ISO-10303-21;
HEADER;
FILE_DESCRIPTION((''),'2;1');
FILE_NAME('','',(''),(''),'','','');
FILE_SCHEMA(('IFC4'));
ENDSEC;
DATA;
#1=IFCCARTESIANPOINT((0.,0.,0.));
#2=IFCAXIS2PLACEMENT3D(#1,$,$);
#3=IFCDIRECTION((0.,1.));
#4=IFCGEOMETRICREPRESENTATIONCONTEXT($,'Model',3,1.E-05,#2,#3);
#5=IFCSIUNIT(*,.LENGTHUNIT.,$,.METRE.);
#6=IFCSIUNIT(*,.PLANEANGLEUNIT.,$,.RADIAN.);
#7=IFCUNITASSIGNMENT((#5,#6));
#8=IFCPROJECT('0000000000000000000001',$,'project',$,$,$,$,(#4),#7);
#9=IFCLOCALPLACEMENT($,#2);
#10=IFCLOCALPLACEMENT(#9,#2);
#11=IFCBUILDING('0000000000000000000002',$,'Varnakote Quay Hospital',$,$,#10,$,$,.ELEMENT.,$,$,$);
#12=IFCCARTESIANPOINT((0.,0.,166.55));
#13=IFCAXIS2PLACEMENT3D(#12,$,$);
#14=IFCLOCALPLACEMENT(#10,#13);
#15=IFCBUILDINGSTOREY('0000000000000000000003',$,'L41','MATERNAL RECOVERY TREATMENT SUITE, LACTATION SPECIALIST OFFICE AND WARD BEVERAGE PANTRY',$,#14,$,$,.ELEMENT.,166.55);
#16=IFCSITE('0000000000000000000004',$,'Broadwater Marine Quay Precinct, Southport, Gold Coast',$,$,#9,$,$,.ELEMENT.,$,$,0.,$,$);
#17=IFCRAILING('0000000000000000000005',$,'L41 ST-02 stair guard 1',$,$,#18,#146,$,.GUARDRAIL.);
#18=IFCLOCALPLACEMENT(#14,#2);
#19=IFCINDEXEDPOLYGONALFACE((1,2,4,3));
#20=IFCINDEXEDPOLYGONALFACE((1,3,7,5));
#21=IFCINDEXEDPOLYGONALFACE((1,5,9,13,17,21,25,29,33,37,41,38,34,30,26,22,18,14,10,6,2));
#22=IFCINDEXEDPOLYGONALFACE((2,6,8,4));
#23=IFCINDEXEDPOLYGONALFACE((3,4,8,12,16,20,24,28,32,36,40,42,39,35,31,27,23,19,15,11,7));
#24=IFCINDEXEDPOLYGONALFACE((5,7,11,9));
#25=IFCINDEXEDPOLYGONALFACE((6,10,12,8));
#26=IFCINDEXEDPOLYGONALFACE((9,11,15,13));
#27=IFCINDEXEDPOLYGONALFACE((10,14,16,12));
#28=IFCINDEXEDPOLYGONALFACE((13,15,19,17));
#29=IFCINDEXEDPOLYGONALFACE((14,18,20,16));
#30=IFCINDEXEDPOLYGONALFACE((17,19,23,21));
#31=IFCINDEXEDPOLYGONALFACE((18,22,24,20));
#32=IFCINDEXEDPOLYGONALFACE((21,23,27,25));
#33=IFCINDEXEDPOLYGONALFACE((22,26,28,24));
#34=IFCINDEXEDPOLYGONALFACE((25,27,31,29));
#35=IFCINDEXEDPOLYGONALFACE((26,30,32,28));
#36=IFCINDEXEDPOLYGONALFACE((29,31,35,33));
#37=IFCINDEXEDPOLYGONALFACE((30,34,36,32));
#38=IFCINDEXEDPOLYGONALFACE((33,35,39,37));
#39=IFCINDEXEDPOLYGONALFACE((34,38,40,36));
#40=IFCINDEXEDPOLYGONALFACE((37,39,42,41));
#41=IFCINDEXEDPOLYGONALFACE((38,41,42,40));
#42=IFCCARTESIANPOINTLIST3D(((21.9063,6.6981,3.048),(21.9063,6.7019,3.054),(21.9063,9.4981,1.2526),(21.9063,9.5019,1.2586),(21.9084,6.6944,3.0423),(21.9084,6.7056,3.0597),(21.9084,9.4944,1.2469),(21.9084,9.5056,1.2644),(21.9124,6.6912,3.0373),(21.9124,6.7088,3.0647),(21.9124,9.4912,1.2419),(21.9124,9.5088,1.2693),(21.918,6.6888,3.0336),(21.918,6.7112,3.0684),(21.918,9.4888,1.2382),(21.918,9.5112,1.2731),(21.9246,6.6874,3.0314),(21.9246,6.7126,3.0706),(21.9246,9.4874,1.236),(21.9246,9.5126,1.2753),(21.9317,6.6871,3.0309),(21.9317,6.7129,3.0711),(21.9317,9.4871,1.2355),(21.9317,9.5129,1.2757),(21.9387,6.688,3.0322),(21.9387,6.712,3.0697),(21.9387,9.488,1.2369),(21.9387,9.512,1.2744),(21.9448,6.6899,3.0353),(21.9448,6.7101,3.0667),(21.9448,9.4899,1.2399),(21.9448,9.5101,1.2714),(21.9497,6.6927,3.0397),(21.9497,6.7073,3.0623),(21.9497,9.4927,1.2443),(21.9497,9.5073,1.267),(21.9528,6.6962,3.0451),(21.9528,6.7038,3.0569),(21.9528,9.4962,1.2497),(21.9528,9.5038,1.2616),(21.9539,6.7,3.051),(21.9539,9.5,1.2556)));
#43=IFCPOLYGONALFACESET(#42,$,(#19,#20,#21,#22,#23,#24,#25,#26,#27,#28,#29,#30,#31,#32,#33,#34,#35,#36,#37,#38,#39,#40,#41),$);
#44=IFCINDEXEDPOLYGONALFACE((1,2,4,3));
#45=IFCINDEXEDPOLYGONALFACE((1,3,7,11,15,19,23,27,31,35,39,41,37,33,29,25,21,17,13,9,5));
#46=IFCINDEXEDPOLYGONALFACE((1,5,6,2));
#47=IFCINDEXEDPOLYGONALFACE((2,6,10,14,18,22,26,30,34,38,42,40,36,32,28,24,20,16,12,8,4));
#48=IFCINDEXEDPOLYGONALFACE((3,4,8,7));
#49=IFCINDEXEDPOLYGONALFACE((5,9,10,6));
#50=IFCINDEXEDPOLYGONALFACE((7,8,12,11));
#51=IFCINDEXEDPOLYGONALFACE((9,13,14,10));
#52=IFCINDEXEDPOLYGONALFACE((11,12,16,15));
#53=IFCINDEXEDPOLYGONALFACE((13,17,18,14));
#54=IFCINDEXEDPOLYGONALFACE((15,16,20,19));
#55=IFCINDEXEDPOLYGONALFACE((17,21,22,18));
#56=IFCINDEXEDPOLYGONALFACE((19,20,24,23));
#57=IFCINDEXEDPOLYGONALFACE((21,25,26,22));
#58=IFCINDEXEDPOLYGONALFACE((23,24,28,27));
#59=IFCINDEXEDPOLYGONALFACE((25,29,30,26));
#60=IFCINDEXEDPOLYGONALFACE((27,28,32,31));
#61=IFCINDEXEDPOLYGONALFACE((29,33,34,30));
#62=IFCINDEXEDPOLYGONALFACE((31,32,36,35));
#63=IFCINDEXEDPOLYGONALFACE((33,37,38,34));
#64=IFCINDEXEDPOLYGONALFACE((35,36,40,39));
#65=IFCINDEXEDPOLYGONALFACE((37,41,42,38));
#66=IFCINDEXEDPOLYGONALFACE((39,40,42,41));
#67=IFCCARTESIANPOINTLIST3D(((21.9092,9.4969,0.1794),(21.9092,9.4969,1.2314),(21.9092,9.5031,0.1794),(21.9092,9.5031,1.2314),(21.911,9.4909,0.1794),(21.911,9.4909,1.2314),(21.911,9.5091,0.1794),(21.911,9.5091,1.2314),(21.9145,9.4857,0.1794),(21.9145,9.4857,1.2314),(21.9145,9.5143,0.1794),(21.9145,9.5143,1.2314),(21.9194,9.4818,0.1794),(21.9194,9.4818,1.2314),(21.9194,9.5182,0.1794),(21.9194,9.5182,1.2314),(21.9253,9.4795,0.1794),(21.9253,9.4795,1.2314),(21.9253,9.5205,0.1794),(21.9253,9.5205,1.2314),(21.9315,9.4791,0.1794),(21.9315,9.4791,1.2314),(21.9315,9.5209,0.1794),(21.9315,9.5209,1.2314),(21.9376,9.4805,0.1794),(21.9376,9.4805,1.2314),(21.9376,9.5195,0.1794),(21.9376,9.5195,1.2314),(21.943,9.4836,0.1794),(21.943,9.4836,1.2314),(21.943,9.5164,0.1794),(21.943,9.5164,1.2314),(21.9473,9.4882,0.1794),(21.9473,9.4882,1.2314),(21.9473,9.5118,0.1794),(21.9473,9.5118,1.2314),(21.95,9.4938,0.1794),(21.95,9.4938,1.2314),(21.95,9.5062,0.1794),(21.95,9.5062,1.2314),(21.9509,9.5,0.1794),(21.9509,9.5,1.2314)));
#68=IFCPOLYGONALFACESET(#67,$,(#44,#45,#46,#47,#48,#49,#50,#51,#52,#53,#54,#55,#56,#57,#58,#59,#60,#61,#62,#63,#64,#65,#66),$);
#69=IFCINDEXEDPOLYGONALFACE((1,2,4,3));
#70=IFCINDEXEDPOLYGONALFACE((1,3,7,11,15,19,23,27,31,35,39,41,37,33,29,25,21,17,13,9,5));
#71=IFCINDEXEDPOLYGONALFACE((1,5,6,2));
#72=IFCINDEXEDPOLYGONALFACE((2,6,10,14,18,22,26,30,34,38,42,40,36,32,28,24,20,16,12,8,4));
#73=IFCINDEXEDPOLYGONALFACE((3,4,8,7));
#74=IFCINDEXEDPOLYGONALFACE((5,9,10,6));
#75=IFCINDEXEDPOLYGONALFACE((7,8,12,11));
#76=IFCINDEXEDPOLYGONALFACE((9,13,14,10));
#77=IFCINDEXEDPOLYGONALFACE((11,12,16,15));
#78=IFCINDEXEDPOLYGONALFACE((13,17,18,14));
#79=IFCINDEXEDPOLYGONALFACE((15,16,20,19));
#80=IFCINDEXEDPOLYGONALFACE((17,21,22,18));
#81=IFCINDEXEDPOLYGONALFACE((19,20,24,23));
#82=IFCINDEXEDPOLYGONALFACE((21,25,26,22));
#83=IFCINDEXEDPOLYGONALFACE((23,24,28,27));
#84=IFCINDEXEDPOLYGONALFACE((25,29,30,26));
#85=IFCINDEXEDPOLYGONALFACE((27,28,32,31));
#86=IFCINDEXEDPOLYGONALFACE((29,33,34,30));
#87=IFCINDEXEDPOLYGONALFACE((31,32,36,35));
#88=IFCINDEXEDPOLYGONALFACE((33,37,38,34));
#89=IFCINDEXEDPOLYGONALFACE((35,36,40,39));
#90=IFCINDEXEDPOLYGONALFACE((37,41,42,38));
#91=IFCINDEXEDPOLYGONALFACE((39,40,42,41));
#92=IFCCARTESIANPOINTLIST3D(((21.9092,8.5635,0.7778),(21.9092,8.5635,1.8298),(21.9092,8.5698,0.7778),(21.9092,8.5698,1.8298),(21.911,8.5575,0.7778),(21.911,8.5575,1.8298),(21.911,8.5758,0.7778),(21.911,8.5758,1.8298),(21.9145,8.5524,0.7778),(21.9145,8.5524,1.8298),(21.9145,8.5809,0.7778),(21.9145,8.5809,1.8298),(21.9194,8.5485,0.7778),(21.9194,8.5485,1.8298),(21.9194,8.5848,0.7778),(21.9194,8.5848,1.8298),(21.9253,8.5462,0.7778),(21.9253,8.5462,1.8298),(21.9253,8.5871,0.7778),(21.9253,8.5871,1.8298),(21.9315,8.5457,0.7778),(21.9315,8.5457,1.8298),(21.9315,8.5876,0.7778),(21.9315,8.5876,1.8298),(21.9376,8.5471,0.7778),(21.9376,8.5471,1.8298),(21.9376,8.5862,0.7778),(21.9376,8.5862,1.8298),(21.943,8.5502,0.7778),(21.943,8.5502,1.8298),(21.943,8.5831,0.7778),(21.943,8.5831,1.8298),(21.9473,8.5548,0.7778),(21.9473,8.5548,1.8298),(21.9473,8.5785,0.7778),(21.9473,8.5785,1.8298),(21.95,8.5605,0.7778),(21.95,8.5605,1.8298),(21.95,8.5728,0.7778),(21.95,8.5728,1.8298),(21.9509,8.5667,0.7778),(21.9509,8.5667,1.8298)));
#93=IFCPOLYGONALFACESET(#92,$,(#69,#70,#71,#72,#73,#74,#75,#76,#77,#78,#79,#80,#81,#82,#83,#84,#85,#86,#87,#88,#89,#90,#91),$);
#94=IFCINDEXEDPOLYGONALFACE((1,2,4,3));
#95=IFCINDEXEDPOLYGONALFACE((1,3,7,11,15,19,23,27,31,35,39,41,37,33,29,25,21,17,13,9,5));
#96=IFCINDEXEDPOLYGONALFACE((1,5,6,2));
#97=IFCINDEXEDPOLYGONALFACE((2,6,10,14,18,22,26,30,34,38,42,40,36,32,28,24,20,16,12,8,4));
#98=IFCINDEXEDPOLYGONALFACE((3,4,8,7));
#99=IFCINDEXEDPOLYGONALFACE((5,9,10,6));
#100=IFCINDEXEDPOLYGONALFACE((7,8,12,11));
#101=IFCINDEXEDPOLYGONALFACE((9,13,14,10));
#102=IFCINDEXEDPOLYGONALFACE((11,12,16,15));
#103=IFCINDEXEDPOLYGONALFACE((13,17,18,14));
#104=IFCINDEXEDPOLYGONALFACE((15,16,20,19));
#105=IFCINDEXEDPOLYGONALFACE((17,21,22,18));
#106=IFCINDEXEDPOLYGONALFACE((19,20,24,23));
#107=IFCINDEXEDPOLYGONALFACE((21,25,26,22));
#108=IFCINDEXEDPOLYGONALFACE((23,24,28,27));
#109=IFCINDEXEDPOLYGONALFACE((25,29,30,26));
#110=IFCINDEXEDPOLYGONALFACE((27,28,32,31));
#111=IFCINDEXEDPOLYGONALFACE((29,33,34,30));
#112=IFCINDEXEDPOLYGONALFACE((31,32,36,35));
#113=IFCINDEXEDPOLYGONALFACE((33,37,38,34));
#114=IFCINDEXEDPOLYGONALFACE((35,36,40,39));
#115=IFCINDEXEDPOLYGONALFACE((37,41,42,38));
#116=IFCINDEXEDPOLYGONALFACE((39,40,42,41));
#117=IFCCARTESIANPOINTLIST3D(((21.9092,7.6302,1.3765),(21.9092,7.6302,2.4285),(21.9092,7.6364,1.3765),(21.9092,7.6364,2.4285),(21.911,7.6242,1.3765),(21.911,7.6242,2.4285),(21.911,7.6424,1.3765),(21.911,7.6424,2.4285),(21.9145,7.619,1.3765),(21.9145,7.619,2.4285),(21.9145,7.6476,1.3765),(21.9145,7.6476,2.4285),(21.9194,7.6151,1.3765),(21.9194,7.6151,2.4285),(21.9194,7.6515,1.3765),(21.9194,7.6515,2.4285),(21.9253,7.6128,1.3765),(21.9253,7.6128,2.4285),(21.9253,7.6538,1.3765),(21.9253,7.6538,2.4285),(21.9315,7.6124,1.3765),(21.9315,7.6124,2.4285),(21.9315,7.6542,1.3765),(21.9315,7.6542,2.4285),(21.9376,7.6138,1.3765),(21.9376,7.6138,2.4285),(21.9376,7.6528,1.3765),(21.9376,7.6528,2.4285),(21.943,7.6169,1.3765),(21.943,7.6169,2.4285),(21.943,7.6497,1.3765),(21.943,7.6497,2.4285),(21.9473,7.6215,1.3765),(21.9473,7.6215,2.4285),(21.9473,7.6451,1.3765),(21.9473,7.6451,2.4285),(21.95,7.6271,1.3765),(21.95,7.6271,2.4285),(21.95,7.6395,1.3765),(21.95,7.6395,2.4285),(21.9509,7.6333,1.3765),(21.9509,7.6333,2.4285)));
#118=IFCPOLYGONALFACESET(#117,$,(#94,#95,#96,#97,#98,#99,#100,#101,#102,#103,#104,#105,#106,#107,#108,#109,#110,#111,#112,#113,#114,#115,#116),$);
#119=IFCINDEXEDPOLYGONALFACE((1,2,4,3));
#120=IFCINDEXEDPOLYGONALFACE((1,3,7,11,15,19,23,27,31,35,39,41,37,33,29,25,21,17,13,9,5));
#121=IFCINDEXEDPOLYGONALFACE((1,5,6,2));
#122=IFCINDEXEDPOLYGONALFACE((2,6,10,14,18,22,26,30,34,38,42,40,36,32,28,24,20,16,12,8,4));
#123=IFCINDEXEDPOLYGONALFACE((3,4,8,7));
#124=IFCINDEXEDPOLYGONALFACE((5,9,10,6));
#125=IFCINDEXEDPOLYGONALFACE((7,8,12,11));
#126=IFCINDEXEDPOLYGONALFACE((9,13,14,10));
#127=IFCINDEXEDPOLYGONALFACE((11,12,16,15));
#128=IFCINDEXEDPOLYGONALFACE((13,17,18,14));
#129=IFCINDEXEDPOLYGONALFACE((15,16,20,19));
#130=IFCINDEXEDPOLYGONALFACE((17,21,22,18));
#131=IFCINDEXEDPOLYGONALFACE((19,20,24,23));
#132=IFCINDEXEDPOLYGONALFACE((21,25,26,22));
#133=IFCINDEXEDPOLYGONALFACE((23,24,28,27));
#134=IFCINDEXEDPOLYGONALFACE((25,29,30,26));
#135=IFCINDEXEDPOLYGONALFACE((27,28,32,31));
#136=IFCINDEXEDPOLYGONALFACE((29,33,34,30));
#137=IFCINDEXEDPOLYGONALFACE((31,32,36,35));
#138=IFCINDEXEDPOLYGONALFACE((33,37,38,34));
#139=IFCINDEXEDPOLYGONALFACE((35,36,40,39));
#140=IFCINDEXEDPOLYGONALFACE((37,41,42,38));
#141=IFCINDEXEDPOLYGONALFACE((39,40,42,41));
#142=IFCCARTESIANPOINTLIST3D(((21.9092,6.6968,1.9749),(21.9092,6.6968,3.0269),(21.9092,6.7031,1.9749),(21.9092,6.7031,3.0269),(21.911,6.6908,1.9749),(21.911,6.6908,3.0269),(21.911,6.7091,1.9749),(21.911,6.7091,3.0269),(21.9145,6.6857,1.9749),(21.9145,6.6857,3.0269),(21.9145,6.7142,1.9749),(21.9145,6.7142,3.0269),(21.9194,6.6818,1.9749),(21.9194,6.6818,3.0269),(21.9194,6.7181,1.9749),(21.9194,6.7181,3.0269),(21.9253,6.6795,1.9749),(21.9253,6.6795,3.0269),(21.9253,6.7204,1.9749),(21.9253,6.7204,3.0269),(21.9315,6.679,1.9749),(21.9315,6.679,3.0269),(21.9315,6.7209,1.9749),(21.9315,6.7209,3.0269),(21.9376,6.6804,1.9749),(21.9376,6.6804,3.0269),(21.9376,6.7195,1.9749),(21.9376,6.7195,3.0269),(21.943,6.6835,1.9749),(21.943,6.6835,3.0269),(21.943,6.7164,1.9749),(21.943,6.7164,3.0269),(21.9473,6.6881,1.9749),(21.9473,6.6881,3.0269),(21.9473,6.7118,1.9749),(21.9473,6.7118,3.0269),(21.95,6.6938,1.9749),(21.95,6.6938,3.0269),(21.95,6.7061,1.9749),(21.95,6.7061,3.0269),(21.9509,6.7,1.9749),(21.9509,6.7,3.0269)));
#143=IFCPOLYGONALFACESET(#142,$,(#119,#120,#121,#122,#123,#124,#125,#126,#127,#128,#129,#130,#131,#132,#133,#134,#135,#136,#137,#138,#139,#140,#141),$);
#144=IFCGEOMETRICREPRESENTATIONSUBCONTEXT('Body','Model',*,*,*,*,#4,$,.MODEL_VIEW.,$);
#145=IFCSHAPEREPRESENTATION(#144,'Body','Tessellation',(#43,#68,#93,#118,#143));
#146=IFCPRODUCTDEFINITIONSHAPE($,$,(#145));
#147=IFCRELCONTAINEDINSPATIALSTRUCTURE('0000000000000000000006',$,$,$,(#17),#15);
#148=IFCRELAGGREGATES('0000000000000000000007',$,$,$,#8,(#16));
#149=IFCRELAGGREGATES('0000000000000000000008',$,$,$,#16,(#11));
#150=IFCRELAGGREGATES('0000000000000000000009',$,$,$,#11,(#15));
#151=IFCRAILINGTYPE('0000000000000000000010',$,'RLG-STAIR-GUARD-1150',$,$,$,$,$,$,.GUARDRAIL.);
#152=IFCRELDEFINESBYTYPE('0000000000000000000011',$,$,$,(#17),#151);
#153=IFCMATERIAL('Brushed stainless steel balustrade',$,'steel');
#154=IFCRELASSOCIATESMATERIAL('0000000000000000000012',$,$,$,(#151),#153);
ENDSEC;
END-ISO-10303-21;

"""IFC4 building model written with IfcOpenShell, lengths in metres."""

from ifc_helpers import new_model, si_unit, direction, frame, origin, origin_2d, place, context, subcontext, project, spatial, circle, extrude, material, type_object, element, save


model = new_model("IFC4")

# Units and contexts
model_context = context("Model", 3, precision=1e-05, world=origin(), true_north=direction((0.0, 1.0)))
body_context = subcontext(model_context, "Body", "Model", "MODEL_VIEW")
ifc_project = project(units=[si_unit("LENGTHUNIT", "METRE"), si_unit("PLANEANGLEUNIT", "RADIAN")], contexts=[model_context])

# Site, building, storey
site_placement = place(None, origin())
site = spatial("IfcSite", under=ifc_project, at=site_placement, Name="Broadwater Marine Quay Precinct, Southport, Gold Coast", CompositionType="ELEMENT", RefElevation=0.0)
building_placement = place(site_placement, origin())
building = spatial("IfcBuilding", under=site, at=building_placement, Name="Varnakote Quay Hospital", CompositionType="ELEMENT")
storey_placement = place(building_placement, frame((0.0, 0.0, 166.55)))
storey = spatial("IfcBuildingStorey", under=building, at=storey_placement, Name="L41", Description="MATERNAL RECOVERY TREATMENT SUITE, LACTATION SPECIALIST OFFICE AND WARD BEVERAGE PANTRY", CompositionType="ELEMENT", Elevation=166.55)

# Railing
ifc_material_1 = material(Name="Brushed stainless steel balustrade", Category="steel")
railing_type_1 = type_object("IfcRailingType", Name="RLG-STAIR-GUARD-1150", PredefinedType="GUARDRAIL", material=ifc_material_1)
railing_1_placement = place(storey_placement, frame((21.9299, 9.5, 0.1794)))
element("IfcRailing", 1, at=railing_1_placement, inside=storey, type_object=railing_type_1, Name="L41 ST-02 stair guard 1", PredefinedType="GUARDRAIL", context=body_context, shape_type="SweptSolid", body=[
    extrude(circle(Radius=0.0239, at=origin_2d()), frame((0.0, 0.0, 1.0762), z_axis=(0.0, -0.84181, 0.539774), x_axis=(1.0, 0.0, 0.0)), (0.0, 0.0, 1.0), 3.3262),
    extrude(circle(Radius=0.021, at=origin_2d()), origin(), (0.0, 0.0, 1.0), 1.052),
    extrude(circle(Radius=0.021, at=origin_2d()), frame((0.0, -0.9333, 0.5984)), (0.0, 0.0, 1.0), 1.052),
    extrude(circle(Radius=0.021, at=origin_2d()), frame((0.0, -1.8667, 1.197)), (0.0, 0.0, 1.0), 1.052),
    extrude(circle(Radius=0.021, at=origin_2d()), frame((0.0, -2.8, 1.7954)), (0.0, 0.0, 1.0), 1.052),
])

save(model, "model.ifc")
